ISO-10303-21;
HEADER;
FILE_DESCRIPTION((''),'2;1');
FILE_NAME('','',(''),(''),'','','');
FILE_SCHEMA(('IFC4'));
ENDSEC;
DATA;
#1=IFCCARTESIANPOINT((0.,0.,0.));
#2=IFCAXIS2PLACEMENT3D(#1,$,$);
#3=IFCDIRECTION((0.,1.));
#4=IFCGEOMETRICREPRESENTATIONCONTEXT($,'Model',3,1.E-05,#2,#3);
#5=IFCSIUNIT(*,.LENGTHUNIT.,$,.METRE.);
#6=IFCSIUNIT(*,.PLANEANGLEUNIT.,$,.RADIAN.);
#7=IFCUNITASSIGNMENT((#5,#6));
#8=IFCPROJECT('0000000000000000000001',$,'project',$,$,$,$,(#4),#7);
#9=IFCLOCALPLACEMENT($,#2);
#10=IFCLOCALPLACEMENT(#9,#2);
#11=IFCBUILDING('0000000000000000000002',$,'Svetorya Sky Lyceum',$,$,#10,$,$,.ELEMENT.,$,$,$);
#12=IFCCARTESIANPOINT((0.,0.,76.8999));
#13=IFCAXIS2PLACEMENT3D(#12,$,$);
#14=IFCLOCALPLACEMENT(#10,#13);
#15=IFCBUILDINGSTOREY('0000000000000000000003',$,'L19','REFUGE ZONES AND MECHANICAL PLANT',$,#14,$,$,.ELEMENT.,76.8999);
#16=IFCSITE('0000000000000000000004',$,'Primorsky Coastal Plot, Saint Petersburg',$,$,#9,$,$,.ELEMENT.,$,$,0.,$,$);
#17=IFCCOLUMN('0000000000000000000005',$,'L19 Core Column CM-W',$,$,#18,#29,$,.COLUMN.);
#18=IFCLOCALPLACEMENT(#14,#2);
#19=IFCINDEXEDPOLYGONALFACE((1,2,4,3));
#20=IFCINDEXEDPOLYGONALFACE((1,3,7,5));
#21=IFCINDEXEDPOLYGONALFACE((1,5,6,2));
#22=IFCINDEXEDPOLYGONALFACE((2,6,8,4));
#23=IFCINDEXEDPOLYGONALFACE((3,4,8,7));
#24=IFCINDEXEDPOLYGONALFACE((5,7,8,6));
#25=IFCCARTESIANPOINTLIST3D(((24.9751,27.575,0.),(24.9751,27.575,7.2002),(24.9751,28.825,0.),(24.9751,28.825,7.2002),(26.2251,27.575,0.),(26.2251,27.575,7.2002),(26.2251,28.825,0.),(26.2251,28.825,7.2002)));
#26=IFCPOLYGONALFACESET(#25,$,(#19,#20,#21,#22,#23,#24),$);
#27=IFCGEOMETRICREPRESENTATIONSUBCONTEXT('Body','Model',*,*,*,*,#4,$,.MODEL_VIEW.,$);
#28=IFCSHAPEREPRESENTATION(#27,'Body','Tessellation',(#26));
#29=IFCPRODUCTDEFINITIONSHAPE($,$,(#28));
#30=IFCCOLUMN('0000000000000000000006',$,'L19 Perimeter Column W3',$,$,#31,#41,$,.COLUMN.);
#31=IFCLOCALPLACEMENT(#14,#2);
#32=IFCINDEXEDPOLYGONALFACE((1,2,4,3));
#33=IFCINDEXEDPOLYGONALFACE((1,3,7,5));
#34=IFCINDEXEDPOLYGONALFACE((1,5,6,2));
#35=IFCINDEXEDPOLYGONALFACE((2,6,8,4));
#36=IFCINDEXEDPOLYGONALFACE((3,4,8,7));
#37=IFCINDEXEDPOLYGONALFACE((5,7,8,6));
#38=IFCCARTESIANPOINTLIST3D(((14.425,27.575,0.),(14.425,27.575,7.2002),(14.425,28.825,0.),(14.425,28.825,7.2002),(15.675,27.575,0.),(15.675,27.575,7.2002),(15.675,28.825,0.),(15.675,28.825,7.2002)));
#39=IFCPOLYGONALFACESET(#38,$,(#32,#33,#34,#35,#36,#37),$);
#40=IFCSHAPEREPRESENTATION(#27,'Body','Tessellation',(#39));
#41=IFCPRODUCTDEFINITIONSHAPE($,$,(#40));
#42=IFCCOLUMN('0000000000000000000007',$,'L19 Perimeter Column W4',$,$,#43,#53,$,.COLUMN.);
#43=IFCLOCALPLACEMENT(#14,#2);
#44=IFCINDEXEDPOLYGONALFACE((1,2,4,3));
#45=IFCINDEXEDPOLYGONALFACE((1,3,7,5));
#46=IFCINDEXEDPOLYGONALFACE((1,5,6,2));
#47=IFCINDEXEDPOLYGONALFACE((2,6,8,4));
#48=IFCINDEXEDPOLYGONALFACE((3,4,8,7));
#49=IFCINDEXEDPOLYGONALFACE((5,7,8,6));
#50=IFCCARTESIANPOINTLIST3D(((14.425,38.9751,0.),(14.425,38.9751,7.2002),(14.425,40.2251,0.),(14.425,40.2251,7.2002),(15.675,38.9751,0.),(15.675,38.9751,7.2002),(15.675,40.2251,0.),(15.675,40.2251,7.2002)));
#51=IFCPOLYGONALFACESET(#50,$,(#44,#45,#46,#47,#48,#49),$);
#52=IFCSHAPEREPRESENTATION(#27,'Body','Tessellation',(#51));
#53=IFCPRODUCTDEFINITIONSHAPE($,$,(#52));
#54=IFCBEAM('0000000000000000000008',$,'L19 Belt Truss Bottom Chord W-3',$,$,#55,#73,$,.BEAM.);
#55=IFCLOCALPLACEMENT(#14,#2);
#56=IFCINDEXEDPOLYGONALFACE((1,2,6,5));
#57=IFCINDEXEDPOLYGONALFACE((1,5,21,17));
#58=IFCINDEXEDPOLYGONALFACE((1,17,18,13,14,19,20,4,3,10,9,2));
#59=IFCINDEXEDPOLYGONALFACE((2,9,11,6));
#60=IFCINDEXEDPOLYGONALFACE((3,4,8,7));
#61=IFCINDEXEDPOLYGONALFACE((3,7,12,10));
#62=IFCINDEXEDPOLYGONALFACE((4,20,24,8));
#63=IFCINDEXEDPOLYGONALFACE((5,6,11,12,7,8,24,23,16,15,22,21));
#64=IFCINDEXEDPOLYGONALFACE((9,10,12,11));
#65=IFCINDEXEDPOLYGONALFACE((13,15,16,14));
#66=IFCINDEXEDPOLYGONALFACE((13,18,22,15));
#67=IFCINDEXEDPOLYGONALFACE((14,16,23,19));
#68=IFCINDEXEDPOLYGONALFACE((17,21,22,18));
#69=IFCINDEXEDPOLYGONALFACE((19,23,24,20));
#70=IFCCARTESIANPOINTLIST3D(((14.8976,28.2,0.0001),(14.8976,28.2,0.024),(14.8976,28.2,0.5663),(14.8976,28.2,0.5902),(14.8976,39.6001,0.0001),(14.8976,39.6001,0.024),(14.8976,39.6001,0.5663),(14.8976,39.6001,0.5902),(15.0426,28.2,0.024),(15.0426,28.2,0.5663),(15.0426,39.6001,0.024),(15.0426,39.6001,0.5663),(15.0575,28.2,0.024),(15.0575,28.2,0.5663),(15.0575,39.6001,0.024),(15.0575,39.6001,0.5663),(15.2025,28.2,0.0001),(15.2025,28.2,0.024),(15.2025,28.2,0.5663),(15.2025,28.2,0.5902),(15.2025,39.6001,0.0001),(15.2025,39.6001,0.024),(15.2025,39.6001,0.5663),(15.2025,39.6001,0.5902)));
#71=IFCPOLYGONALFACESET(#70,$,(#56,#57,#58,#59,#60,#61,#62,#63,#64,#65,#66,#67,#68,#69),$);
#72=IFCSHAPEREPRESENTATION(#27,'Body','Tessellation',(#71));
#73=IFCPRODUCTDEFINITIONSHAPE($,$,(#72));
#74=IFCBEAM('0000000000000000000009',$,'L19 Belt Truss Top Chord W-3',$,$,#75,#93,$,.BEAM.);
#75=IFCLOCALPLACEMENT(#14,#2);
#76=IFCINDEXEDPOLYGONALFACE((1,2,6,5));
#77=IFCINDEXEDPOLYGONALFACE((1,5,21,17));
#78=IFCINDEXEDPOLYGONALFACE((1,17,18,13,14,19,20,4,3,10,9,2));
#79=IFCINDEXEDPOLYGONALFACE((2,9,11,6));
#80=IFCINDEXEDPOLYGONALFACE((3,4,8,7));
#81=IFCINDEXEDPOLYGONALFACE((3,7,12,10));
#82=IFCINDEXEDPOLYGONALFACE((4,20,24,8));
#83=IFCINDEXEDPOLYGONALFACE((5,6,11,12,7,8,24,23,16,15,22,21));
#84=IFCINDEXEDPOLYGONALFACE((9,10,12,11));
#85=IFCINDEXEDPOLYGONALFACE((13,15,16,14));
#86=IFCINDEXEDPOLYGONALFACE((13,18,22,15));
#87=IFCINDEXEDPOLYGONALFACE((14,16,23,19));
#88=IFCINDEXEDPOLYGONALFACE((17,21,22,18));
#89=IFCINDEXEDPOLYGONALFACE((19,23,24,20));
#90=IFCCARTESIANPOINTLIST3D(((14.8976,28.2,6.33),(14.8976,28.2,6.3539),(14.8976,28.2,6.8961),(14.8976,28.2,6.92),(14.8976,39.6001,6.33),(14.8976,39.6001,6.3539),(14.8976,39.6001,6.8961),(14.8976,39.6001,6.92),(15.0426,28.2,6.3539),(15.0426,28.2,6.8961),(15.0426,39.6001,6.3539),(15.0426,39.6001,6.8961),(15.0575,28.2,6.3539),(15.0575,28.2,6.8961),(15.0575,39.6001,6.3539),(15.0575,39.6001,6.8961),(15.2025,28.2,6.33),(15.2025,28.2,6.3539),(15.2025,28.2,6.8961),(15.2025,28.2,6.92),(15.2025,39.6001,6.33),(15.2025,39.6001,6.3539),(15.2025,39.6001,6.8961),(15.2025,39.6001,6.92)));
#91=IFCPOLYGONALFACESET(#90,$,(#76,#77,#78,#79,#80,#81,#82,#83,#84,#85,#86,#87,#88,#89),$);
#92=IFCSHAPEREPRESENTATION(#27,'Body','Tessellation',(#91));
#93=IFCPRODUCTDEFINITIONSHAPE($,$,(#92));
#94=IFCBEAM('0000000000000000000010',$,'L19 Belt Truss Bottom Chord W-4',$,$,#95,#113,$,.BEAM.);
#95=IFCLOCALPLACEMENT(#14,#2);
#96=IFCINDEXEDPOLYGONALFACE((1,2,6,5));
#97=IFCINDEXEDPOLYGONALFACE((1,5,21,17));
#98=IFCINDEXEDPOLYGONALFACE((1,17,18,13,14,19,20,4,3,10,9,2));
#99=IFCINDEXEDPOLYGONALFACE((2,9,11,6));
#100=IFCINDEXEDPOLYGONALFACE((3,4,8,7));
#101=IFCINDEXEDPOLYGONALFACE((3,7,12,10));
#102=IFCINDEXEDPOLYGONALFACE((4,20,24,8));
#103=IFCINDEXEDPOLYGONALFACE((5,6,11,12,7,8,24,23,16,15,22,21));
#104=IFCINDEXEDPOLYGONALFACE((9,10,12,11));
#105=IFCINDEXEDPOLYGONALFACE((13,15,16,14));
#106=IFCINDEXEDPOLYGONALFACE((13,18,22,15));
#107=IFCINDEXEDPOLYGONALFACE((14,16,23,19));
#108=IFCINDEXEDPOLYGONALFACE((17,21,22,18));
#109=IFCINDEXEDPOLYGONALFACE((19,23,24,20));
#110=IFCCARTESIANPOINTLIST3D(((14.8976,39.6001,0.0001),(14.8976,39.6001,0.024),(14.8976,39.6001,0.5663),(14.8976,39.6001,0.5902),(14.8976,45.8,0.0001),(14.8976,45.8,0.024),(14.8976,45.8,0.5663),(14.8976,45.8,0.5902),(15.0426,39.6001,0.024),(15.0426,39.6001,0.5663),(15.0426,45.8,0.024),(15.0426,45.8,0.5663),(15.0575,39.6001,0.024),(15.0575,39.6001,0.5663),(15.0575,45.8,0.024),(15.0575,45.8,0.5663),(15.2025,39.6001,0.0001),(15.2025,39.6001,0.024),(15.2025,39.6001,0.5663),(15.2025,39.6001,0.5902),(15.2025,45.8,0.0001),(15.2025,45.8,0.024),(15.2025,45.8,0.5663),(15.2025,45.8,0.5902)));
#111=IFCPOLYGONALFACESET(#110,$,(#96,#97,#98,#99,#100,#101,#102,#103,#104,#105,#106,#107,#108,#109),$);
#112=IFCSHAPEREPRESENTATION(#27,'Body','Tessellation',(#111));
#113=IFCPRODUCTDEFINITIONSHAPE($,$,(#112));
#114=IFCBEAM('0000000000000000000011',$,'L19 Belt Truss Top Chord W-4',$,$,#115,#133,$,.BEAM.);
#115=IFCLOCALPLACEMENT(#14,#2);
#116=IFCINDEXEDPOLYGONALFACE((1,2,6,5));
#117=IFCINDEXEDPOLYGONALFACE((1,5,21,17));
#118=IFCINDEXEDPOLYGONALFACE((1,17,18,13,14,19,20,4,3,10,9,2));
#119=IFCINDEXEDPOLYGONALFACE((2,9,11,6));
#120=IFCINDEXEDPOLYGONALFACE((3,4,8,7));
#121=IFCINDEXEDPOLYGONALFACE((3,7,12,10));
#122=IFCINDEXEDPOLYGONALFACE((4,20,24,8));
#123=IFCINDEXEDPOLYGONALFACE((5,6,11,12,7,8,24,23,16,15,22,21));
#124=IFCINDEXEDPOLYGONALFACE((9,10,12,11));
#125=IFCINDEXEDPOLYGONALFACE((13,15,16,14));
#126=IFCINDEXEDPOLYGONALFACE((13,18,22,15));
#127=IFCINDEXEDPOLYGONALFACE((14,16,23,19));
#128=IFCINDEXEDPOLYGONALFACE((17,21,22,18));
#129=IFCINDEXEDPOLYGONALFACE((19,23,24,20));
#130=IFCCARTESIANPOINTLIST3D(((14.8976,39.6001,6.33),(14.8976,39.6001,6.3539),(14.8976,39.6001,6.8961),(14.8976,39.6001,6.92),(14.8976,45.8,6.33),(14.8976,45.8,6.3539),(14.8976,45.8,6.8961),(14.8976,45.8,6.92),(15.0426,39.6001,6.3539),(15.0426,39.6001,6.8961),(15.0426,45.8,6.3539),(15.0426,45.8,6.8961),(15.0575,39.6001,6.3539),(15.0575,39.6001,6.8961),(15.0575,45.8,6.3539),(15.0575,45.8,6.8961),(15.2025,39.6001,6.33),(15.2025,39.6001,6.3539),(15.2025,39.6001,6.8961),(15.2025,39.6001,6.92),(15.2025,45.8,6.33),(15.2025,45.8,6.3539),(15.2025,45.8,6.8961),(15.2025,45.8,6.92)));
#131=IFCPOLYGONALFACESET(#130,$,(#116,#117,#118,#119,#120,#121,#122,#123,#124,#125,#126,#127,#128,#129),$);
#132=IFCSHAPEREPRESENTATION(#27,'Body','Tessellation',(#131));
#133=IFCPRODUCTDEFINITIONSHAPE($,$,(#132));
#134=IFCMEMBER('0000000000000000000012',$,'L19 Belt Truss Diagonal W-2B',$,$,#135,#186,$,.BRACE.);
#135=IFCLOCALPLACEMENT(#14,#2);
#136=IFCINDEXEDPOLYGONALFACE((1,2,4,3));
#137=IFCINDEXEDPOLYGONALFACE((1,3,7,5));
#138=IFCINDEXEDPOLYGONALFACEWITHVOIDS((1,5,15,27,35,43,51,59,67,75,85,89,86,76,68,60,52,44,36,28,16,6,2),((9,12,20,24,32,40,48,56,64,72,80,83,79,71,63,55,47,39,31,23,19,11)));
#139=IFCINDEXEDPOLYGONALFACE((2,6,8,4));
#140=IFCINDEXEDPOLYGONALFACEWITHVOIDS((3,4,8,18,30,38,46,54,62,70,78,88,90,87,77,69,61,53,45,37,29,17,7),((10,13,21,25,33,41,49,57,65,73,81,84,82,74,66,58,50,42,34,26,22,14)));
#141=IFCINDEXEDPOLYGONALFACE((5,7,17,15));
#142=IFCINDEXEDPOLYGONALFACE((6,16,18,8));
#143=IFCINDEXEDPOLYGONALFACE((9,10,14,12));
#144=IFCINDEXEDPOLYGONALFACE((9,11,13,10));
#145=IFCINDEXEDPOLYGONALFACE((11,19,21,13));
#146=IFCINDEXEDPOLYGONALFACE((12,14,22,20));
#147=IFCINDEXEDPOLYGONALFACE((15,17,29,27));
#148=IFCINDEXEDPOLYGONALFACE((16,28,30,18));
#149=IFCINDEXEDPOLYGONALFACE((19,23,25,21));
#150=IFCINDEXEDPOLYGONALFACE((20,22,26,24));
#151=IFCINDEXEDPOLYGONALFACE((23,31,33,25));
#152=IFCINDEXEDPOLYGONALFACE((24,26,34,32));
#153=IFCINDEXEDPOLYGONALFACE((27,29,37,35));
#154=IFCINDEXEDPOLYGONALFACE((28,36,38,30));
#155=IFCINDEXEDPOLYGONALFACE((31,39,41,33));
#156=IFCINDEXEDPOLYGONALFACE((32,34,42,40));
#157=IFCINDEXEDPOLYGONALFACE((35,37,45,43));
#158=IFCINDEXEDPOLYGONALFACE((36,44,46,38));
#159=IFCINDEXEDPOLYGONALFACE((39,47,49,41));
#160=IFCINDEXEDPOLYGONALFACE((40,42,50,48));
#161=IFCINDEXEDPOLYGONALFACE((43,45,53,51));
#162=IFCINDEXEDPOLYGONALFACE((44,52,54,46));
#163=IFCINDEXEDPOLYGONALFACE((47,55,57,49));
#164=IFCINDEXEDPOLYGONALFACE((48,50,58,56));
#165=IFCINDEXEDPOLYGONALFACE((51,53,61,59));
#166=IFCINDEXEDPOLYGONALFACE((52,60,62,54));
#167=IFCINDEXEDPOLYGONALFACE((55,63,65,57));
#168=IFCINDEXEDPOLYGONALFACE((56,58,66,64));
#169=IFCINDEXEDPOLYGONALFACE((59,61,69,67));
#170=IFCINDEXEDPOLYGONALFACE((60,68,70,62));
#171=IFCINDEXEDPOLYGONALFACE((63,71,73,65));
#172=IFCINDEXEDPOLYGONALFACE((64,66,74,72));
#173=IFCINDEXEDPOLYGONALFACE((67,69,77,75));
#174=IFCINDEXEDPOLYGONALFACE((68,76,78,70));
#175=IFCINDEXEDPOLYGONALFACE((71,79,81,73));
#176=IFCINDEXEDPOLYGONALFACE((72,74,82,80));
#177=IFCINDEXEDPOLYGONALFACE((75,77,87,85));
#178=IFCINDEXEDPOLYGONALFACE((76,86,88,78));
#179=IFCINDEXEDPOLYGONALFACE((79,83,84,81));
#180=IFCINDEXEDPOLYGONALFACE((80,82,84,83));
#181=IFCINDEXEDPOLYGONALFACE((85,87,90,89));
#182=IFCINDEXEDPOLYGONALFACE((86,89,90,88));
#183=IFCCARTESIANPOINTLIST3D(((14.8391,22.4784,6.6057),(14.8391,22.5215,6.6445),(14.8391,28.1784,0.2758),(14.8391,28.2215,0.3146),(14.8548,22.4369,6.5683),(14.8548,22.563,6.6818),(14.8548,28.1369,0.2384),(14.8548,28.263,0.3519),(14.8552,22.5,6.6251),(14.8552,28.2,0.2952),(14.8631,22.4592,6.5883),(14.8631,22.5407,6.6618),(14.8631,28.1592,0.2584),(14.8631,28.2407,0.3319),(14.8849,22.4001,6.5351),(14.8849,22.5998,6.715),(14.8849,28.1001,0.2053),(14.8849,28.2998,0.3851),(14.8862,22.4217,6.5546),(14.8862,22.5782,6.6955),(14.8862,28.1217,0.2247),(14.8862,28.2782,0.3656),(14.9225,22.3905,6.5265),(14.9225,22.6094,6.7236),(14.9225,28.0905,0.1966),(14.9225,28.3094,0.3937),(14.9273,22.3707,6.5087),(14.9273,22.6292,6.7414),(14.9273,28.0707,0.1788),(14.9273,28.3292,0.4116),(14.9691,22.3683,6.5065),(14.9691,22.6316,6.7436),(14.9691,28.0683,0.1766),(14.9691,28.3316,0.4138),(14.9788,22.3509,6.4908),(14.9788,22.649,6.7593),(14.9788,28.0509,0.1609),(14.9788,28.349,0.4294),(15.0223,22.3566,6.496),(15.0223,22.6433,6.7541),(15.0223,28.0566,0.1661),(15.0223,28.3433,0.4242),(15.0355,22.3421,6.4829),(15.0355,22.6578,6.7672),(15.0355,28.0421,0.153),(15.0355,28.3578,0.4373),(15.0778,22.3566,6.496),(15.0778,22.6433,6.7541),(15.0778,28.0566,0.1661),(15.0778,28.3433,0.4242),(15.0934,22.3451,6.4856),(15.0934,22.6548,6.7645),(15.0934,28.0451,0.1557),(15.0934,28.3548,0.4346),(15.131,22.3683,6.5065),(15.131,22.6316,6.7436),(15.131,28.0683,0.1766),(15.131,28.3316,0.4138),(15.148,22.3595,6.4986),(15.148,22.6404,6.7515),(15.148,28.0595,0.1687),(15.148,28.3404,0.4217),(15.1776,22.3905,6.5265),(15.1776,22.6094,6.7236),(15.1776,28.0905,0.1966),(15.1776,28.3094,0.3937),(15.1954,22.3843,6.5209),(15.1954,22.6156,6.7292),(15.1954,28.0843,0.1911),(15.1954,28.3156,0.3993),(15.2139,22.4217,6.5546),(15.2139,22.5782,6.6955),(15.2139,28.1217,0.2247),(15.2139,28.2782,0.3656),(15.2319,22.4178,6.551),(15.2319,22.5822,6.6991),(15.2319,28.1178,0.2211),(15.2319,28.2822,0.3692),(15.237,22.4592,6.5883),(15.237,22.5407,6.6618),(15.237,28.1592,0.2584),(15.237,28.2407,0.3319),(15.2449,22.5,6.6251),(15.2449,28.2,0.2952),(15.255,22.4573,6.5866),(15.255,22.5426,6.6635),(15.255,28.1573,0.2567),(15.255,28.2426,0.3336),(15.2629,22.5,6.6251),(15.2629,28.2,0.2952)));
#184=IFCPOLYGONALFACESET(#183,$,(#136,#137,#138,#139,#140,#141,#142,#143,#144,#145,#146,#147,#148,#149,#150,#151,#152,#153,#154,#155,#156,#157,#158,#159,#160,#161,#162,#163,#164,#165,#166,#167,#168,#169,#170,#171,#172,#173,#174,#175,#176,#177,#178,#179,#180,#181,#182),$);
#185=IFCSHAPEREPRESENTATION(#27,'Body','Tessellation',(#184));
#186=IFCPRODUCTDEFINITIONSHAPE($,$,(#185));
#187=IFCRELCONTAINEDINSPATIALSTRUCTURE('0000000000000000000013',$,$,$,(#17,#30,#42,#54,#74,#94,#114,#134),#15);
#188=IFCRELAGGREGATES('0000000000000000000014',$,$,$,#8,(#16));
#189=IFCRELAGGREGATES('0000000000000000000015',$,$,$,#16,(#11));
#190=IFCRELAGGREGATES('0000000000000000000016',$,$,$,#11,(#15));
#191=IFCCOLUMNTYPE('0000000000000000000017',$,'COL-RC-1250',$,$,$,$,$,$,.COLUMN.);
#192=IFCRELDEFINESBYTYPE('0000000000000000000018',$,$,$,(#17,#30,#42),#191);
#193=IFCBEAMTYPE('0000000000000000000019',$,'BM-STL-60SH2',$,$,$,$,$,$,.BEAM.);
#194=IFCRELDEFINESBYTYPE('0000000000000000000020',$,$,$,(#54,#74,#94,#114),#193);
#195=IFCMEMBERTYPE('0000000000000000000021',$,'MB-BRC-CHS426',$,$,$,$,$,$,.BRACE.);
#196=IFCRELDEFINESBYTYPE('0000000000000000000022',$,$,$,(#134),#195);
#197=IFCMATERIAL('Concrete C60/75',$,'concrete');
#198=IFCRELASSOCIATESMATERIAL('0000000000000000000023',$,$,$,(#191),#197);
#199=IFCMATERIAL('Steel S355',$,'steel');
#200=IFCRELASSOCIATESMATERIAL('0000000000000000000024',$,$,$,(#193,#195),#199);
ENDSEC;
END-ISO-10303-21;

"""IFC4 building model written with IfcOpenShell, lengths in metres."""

from ifc_helpers import new_model, si_unit, direction, frame, origin, origin_2d, place, context, subcontext, project, spatial, rectangle, hollow_circle, i_section, extrude, material, material_profile, profile_set, type_object, element, save


model = new_model("IFC4")

# Units and contexts
model_context = context("Model", 3, precision=1e-05, world=origin(), true_north=direction((0.0, 1.0)))
body_context = subcontext(model_context, "Body", "Model", "MODEL_VIEW")
ifc_project = project(units=[si_unit("LENGTHUNIT", "METRE"), si_unit("PLANEANGLEUNIT", "RADIAN")], contexts=[model_context])

# Site, building, storey
site_placement = place(None, origin())
site = spatial("IfcSite", under=ifc_project, at=site_placement, Name="Primorsky Coastal Plot, Saint Petersburg", CompositionType="ELEMENT", RefElevation=0.0)
building_placement = place(site_placement, origin())
building = spatial("IfcBuilding", under=site, at=building_placement, Name="Svetorya Sky Lyceum", CompositionType="ELEMENT")
storey_placement = place(building_placement, frame((0.0, 0.0, 76.8999)))
storey = spatial("IfcBuildingStorey", under=building, at=storey_placement, Name="L19", Description="REFUGE ZONES AND MECHANICAL PLANT", CompositionType="ELEMENT", Elevation=76.8999)

# Columns
ifc_material_1 = material(Name="Concrete C60/75", Category="concrete")
ifc_material_profile_1 = material_profile(ifc_material_1, rectangle(XDim=1.25, YDim=1.25, at=origin_2d()), Name="RC COL 1250x1250")
ifc_profile_set_1 = profile_set([ifc_material_profile_1], Name="Concrete C60/75")
column_type = type_object("IfcColumnType", Name="COL-RC-1250", PredefinedType="COLUMN", material=ifc_profile_set_1)
for number, where, z_axis, x_axis, name in (
    (1, (25.6001, 28.2, 0.0), (0.0, 0.0, 1.0), (1.0, 0.0, 0.0), "L19 Core Column CM-W"),
    (2, (15.05, 28.2, 0.0), (0.0, 0.0, 1.0), (1.0, 0.0, 0.0), "L19 Perimeter Column W3"),
    (3, (15.05, 39.6001, 0.0), (0.0, 0.0, 1.0), (1.0, 0.0, 0.0), "L19 Perimeter Column W4"),
):
    element("IfcColumn", number, at=place(storey_placement, frame(where, z_axis=z_axis, x_axis=x_axis)), inside=storey, type_object=column_type, Name=name, PredefinedType="COLUMN", context=body_context, shape_type="SweptSolid", body=[
        extrude(rectangle(XDim=1.25, YDim=1.25, at=origin_2d()), origin(), (0.0, 0.0, 1.0), 7.2002),
    ])

# Beams
ifc_material_2 = material(Name="Steel S355", Category="steel")
ifc_material_profile_2 = material_profile(ifc_material_2, i_section(OverallWidth=0.3049, OverallDepth=0.5901, WebThickness=0.0149, FlangeThickness=0.0239, at=origin_2d()), Name="GOST 60Sh2")
ifc_profile_set_2 = profile_set([ifc_material_profile_2], Name="Steel S355")
beam_type = type_object("IfcBeamType", Name="BM-STL-60SH2", PredefinedType="BEAM", material=ifc_profile_set_2)
for number, where, z_axis, x_axis, name in (
    (4, (15.05, 28.2, 0.2952), (0.0, 1.0, 0.0), (-1.0, 0.0, 0.0), "L19 Belt Truss Bottom Chord W-3"),
    (5, (15.05, 28.2, 6.625), (0.0, 1.0, 0.0), (-1.0, 0.0, 0.0), "L19 Belt Truss Top Chord W-3"),
):
    element("IfcBeam", number, at=place(storey_placement, frame(where, z_axis=z_axis, x_axis=x_axis)), inside=storey, type_object=beam_type, Name=name, PredefinedType="BEAM", context=body_context, shape_type="SweptSolid", body=[
        extrude(i_section(OverallWidth=0.3049, OverallDepth=0.5901, WebThickness=0.0149, FlangeThickness=0.0239, at=origin_2d()), origin(), (0.0, 0.0, 1.0), 11.4001),
    ])
for number, where, z_axis, x_axis, name in (
    (6, (15.05, 39.6001, 0.2952), (0.0, 1.0, 0.0), (-1.0, 0.0, 0.0), "L19 Belt Truss Bottom Chord W-4"),
    (7, (15.05, 39.6001, 6.625), (0.0, 1.0, 0.0), (-1.0, 0.0, 0.0), "L19 Belt Truss Top Chord W-4"),
):
    element("IfcBeam", number, at=place(storey_placement, frame(where, z_axis=z_axis, x_axis=x_axis)), inside=storey, type_object=beam_type, Name=name, PredefinedType="BEAM", context=body_context, shape_type="SweptSolid", body=[
        extrude(i_section(OverallWidth=0.3049, OverallDepth=0.5901, WebThickness=0.0149, FlangeThickness=0.0239, at=origin_2d()), origin(), (0.0, 0.0, 1.0), 6.2),
    ])

# Member
ifc_material_profile_3 = material_profile(ifc_material_2, hollow_circle(Radius=0.2129, WallThickness=0.0181, at=origin_2d()), Name="CHS 426x18")
ifc_profile_set_3 = profile_set([ifc_material_profile_3], Name="Steel S355")
member_type_1 = type_object("IfcMemberType", Name="MB-BRC-CHS426", PredefinedType="BRACE", material=ifc_profile_set_3)
for number, where, z_axis, x_axis, name in (
    (8, (15.05, 28.2, 0.2952), (0.0, -0.669166, 0.743113), (1.0, 0.0, 0.0), "L19 Belt Truss Diagonal W-2B"),
):
    element("IfcMember", number, at=place(storey_placement, frame(where, z_axis=z_axis, x_axis=x_axis)), inside=storey, type_object=member_type_1, Name=name, PredefinedType="BRACE", context=body_context, shape_type="SweptSolid", body=[
        extrude(hollow_circle(Radius=0.2129, WallThickness=0.0181, at=origin_2d()), origin(), (0.0, 0.0, 1.0), 8.5181),
    ])

save(model, "model.ifc")
